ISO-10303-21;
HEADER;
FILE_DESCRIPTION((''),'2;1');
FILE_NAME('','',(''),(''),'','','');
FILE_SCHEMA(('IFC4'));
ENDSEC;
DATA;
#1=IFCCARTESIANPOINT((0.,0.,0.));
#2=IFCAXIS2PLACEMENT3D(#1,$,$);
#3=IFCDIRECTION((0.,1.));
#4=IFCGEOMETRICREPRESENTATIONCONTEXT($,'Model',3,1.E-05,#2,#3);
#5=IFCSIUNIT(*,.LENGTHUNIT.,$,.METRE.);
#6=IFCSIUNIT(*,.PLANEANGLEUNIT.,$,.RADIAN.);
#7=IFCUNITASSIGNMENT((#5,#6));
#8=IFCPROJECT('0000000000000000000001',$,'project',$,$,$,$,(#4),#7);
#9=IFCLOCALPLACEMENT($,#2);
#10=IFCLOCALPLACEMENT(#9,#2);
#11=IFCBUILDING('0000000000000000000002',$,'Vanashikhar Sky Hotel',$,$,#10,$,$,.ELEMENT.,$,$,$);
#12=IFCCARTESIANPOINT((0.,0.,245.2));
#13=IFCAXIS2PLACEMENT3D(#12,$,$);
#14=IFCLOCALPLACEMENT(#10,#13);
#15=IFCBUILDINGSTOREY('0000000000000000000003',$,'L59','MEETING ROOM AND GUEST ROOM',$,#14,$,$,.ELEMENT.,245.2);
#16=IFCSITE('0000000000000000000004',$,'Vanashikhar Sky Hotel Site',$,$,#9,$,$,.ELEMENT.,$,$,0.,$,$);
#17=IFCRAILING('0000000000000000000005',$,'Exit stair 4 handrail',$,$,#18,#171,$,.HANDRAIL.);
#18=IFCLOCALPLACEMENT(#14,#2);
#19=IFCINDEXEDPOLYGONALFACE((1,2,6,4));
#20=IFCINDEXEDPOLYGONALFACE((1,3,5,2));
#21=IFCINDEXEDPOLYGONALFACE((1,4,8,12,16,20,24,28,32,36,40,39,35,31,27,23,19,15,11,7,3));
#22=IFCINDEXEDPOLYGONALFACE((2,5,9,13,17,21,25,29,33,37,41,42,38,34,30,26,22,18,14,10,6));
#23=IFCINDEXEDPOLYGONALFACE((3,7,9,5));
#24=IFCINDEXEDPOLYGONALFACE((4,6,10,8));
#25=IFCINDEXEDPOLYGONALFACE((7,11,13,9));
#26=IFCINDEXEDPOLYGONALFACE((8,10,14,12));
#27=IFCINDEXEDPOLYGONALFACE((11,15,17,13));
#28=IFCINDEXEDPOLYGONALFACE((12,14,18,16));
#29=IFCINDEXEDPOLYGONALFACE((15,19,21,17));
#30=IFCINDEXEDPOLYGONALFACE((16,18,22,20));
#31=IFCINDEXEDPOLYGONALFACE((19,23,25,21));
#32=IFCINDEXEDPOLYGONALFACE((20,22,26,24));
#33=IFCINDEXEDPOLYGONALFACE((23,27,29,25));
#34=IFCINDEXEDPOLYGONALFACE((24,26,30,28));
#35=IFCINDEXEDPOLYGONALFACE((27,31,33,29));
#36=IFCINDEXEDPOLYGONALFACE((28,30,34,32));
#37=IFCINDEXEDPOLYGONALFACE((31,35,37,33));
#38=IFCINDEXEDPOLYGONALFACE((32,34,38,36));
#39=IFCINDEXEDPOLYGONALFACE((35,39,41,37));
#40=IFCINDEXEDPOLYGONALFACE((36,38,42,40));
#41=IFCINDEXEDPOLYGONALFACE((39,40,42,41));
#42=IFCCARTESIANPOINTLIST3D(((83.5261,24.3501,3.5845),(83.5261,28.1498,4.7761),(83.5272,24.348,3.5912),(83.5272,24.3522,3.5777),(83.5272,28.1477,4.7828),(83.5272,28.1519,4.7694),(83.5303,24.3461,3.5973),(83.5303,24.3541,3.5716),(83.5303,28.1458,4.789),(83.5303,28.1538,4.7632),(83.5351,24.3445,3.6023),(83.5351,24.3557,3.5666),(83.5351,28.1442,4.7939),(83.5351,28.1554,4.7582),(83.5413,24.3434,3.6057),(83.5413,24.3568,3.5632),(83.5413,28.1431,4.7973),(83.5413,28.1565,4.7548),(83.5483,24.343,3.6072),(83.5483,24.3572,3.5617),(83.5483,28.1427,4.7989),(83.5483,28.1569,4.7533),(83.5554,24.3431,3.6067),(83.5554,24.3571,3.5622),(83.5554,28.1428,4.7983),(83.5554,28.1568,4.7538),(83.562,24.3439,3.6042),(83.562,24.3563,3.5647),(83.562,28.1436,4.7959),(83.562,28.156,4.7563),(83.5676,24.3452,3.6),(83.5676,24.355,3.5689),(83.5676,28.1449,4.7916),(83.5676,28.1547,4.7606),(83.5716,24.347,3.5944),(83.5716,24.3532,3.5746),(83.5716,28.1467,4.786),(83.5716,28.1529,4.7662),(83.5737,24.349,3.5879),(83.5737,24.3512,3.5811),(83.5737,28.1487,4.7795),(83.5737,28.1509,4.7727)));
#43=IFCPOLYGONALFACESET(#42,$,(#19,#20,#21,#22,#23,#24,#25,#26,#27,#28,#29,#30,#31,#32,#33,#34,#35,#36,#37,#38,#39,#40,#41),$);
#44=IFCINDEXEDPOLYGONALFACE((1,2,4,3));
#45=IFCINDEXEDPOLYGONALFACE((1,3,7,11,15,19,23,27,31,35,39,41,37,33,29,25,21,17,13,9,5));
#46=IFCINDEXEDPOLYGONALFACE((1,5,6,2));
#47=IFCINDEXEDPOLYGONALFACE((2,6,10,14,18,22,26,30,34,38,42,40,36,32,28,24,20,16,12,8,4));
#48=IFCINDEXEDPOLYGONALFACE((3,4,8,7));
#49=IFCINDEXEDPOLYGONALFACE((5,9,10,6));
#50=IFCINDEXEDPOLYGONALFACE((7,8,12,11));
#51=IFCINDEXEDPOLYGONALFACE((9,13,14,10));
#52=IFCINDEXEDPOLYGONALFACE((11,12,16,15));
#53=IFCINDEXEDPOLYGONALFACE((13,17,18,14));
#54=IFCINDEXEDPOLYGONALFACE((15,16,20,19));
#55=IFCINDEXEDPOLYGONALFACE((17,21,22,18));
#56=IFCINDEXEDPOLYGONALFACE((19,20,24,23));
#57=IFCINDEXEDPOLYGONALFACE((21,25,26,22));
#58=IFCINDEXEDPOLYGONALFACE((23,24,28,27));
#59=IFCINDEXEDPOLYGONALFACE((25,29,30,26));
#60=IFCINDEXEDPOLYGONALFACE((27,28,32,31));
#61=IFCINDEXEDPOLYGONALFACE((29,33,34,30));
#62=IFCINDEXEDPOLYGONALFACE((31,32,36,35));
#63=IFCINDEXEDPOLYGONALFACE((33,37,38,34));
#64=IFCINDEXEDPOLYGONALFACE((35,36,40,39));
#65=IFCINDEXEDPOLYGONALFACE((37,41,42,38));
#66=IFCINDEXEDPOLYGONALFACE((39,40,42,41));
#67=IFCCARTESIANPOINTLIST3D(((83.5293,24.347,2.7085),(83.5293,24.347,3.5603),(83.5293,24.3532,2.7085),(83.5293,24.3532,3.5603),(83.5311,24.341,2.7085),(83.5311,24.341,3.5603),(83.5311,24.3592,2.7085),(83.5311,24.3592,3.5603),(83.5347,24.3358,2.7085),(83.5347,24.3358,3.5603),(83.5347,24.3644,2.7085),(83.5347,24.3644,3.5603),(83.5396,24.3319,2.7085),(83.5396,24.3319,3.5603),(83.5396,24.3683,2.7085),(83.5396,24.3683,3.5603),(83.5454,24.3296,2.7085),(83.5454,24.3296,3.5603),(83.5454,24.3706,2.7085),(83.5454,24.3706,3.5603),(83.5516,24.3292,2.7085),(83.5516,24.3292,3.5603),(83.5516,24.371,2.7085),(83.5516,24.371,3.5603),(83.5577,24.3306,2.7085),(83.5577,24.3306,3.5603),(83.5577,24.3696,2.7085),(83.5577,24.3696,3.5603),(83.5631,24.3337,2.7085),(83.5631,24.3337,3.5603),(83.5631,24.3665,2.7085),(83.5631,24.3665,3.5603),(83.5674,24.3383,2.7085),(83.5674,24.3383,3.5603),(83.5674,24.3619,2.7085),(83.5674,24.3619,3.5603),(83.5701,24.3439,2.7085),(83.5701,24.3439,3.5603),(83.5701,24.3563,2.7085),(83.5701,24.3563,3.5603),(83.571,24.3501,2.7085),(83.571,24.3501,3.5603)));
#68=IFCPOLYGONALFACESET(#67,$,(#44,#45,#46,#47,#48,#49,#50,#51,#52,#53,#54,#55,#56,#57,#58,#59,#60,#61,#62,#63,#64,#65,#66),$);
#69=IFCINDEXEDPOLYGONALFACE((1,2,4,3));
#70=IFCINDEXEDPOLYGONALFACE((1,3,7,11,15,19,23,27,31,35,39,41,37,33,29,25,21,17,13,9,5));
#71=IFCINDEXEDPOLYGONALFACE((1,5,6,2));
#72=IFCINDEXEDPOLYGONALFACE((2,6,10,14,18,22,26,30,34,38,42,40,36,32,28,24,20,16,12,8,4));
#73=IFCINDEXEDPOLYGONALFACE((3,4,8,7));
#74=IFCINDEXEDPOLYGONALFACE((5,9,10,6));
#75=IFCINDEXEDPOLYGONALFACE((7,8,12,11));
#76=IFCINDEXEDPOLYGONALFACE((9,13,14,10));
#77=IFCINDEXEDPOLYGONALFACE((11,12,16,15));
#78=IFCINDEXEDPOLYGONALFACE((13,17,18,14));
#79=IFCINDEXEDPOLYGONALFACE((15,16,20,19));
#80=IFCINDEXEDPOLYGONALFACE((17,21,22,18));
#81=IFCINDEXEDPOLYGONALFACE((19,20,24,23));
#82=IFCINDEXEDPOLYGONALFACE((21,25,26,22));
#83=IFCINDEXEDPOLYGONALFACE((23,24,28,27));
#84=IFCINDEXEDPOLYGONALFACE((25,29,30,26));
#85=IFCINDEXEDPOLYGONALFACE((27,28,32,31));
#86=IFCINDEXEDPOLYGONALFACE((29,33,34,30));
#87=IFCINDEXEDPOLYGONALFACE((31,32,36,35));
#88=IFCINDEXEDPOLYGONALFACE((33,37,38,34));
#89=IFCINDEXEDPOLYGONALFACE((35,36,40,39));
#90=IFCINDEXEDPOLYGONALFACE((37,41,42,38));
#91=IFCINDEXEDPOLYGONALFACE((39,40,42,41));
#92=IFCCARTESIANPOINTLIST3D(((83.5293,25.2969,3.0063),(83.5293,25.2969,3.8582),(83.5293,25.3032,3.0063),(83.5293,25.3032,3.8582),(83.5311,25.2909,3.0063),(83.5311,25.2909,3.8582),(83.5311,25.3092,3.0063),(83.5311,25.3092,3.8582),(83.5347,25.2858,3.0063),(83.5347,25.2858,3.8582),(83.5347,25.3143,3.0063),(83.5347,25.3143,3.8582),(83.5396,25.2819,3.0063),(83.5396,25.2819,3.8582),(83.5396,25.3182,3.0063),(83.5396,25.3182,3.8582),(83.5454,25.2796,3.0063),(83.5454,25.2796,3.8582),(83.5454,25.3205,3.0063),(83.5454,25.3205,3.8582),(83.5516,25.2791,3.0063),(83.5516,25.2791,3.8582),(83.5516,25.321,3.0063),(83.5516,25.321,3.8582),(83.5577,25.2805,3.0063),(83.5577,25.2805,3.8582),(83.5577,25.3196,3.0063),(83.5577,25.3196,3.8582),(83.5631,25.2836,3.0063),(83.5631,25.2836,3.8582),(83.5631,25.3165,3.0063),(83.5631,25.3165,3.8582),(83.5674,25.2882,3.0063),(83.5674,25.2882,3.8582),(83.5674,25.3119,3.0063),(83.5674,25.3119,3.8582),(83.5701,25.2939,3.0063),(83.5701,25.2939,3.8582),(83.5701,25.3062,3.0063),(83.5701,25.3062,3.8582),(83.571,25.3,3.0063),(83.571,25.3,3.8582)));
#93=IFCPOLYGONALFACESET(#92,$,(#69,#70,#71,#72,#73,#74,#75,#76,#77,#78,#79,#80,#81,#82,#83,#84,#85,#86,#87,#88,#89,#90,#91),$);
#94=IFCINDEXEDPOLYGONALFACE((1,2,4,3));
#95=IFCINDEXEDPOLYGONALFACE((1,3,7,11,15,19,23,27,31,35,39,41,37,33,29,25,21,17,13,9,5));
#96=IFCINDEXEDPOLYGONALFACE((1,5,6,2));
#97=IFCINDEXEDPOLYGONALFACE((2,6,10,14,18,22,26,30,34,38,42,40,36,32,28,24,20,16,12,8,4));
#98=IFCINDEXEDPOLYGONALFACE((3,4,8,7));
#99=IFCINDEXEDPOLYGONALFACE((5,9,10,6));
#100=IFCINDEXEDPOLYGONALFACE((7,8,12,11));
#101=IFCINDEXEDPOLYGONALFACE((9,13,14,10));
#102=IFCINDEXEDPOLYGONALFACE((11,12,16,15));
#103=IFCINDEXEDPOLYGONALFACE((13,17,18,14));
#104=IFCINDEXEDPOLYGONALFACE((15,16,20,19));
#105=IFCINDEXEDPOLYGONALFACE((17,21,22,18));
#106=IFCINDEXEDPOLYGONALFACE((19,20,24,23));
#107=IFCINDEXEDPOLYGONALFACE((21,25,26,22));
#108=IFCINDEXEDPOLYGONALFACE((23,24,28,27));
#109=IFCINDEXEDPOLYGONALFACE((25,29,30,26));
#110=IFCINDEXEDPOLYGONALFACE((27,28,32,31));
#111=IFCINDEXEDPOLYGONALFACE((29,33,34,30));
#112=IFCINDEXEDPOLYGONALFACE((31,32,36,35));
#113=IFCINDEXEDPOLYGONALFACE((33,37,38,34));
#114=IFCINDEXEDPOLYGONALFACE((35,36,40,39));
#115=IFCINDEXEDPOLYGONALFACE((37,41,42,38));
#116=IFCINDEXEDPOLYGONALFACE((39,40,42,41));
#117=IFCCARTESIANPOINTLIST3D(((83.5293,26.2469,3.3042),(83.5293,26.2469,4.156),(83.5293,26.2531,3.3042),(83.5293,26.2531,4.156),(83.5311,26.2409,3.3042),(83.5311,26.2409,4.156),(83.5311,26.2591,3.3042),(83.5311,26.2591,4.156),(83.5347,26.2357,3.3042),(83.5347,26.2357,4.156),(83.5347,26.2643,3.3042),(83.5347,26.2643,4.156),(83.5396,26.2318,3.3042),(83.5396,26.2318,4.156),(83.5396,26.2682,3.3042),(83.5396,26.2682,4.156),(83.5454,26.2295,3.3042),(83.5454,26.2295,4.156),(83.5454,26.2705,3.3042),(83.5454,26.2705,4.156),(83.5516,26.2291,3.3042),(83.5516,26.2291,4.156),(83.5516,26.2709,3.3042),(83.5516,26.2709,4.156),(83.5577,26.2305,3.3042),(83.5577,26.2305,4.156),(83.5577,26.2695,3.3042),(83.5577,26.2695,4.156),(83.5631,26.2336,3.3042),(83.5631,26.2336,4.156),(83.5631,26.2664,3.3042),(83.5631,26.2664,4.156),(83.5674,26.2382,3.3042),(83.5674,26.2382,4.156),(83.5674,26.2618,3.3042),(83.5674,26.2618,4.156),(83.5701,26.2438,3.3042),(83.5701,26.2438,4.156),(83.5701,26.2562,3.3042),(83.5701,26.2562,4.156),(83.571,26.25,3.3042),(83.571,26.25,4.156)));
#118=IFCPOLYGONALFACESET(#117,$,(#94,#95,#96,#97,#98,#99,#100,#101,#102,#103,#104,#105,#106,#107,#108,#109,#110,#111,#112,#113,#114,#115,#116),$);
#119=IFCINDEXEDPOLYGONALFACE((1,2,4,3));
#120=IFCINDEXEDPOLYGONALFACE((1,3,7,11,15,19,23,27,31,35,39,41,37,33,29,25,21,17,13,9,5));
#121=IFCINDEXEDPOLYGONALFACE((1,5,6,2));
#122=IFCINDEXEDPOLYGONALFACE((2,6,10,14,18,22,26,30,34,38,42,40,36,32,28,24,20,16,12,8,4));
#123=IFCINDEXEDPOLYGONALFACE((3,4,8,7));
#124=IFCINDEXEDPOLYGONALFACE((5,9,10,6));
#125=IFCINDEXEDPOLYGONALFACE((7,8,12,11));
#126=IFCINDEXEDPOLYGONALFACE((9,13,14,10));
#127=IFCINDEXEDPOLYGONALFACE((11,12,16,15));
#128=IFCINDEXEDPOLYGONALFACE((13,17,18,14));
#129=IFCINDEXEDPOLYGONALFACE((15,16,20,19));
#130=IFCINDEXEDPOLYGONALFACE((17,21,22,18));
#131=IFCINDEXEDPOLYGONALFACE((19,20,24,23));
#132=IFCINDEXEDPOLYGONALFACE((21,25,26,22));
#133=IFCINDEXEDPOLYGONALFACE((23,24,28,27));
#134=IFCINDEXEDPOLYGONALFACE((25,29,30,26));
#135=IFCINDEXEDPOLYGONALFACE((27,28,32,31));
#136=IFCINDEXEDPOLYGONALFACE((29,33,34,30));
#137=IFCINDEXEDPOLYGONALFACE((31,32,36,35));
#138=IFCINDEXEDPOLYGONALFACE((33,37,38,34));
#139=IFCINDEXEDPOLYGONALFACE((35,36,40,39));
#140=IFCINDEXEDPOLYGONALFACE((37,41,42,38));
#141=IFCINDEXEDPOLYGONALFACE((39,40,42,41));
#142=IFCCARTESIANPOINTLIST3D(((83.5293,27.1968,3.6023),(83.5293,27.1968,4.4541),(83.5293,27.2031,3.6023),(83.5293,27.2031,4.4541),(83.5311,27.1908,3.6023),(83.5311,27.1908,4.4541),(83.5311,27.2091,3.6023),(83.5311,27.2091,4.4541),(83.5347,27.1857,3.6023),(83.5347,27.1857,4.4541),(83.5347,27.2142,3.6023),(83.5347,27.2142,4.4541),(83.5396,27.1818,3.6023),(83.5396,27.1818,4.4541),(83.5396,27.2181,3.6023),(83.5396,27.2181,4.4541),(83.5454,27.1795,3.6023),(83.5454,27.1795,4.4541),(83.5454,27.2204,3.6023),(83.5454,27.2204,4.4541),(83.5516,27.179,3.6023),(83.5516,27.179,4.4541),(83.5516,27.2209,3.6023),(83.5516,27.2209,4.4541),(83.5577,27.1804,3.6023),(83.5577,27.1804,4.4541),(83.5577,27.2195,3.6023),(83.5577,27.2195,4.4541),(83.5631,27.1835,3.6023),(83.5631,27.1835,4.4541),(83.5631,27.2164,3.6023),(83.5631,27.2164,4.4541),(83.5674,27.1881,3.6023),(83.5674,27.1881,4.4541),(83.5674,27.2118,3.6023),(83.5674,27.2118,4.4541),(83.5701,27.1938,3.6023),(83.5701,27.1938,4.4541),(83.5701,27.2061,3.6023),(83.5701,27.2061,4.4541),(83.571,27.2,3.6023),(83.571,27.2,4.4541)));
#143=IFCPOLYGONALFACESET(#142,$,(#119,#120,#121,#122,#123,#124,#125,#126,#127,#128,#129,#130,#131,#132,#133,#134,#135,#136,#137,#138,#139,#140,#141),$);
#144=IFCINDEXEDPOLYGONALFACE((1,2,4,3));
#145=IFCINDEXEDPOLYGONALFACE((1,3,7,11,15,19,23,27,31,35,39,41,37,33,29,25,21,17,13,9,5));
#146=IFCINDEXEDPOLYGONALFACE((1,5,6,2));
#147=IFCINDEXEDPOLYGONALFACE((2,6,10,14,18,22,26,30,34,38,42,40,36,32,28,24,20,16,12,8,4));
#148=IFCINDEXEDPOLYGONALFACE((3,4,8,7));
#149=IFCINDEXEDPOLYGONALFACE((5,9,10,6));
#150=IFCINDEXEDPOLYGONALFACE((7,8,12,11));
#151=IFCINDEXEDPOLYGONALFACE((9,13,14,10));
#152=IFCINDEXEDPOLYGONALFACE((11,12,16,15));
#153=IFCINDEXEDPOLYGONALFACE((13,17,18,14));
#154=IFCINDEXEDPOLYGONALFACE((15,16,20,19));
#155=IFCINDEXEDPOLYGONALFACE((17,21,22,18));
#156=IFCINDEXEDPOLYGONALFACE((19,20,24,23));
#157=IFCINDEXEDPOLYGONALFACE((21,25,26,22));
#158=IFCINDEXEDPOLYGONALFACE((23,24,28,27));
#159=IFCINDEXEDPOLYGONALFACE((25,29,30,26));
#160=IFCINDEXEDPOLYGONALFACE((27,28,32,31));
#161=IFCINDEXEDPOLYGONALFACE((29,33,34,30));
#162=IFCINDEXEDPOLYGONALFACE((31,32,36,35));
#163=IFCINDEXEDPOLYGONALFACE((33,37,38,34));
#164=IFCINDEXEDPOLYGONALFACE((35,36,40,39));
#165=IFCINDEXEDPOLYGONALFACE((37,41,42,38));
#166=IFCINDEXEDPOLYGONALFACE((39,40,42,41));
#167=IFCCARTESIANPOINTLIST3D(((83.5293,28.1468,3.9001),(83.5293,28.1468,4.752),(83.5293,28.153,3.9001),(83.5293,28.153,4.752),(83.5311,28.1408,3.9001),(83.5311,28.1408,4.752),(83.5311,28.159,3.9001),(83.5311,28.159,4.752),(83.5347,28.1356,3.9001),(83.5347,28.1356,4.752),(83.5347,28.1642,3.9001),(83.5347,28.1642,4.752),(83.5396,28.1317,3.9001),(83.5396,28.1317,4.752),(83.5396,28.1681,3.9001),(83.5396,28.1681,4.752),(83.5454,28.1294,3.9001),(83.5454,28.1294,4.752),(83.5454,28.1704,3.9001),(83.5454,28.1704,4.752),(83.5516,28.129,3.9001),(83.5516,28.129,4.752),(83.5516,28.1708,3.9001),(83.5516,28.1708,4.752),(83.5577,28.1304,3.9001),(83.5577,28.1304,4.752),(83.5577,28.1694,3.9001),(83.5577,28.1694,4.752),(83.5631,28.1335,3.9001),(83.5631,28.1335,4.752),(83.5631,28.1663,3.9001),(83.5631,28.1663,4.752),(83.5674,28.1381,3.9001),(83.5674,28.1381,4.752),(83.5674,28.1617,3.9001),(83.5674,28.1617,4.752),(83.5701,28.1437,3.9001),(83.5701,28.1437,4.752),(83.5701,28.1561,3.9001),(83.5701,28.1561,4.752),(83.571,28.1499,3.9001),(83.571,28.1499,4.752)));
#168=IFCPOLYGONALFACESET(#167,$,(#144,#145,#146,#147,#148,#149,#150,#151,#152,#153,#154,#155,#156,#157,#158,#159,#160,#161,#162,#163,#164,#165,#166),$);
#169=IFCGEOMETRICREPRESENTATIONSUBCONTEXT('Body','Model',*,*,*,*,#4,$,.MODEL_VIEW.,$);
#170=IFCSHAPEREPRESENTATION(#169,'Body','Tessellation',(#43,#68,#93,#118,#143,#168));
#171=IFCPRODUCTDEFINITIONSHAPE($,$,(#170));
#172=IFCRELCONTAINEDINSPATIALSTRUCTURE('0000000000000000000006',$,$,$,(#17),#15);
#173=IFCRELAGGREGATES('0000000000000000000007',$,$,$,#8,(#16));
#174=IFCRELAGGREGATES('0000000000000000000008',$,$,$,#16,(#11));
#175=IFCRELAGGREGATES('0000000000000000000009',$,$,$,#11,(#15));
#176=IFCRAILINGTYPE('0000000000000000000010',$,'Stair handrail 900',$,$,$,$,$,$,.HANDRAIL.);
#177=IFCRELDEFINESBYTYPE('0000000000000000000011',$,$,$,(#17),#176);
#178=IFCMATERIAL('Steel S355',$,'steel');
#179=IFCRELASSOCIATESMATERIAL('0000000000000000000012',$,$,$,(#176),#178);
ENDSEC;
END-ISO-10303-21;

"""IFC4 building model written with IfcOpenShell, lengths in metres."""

from ifc_helpers import new_model, si_unit, direction, frame, origin, origin_2d, place, context, subcontext, project, spatial, circle, extrude, source, transform, mapped, material, type_object, element, save


model = new_model("IFC4")

# Units and contexts
model_context = context("Model", 3, precision=1e-05, world=origin(), true_north=direction((0.0, 1.0)))
body_context = subcontext(model_context, "Body", "Model", "MODEL_VIEW")
ifc_project = project(units=[si_unit("LENGTHUNIT", "METRE"), si_unit("PLANEANGLEUNIT", "RADIAN")], contexts=[model_context])

# Site, building, storey
site_placement = place(None, origin())
site = spatial("IfcSite", under=ifc_project, at=site_placement, Name="Vanashikhar Sky Hotel Site", CompositionType="ELEMENT", RefElevation=0.0)
building_placement = place(site_placement, origin())
building = spatial("IfcBuilding", under=site, at=building_placement, Name="Vanashikhar Sky Hotel", CompositionType="ELEMENT")
storey_placement = place(building_placement, frame((0.0, 0.0, 245.2)))
storey = spatial("IfcBuildingStorey", under=building, at=storey_placement, Name="L59", Description="MEETING ROOM AND GUEST ROOM", CompositionType="ELEMENT", Elevation=245.2)

# Railing
ifc_material_1 = material(Name="Steel S355", Category="steel")
railing_type_1 = type_object("IfcRailingType", Name="Stair handrail 900", PredefinedType="HANDRAIL", material=ifc_material_1)
shared_shape_1 = source(origin(), body_context, "Body", "SweptSolid", [
    extrude(circle(Radius=0.0239, at=origin_2d()), frame((0.0, 0.0, 0.876), z_axis=(0.0, 0.954178, 0.299238), x_axis=(-1.0, 0.0, 0.0)), (0.0, 0.0, 1.0), 3.9822),
    extrude(circle(Radius=0.021, at=origin_2d()), origin(), (0.0, 0.0, 1.0), 0.8518),
    extrude(circle(Radius=0.021, at=origin_2d()), frame((0.0, 0.95, 0.2979)), (0.0, 0.0, 1.0), 0.8518),
    extrude(circle(Radius=0.021, at=origin_2d()), frame((0.0, 1.8999, 0.5957)), (0.0, 0.0, 1.0), 0.8518),
    extrude(circle(Radius=0.021, at=origin_2d()), frame((0.0, 2.8499, 0.8938)), (0.0, 0.0, 1.0), 0.8518),
    extrude(circle(Radius=0.021, at=origin_2d()), frame((0.0, 3.7998, 1.1917)), (0.0, 0.0, 1.0), 0.8518),
])
for number, where, name in (
    (1, (83.55, 24.3501, 2.7085), "Exit stair 4 handrail"),
):
    element("IfcRailing", number, at=place(storey_placement, frame(where)), inside=storey, type_object=railing_type_1, Name=name, PredefinedType="HANDRAIL", context=body_context, shape_type="MappedRepresentation", body=[
        mapped(shared_shape_1, transform((0.0, 0.0, 0.0), scale=1.0)),
    ])

save(model, "model.ifc")
